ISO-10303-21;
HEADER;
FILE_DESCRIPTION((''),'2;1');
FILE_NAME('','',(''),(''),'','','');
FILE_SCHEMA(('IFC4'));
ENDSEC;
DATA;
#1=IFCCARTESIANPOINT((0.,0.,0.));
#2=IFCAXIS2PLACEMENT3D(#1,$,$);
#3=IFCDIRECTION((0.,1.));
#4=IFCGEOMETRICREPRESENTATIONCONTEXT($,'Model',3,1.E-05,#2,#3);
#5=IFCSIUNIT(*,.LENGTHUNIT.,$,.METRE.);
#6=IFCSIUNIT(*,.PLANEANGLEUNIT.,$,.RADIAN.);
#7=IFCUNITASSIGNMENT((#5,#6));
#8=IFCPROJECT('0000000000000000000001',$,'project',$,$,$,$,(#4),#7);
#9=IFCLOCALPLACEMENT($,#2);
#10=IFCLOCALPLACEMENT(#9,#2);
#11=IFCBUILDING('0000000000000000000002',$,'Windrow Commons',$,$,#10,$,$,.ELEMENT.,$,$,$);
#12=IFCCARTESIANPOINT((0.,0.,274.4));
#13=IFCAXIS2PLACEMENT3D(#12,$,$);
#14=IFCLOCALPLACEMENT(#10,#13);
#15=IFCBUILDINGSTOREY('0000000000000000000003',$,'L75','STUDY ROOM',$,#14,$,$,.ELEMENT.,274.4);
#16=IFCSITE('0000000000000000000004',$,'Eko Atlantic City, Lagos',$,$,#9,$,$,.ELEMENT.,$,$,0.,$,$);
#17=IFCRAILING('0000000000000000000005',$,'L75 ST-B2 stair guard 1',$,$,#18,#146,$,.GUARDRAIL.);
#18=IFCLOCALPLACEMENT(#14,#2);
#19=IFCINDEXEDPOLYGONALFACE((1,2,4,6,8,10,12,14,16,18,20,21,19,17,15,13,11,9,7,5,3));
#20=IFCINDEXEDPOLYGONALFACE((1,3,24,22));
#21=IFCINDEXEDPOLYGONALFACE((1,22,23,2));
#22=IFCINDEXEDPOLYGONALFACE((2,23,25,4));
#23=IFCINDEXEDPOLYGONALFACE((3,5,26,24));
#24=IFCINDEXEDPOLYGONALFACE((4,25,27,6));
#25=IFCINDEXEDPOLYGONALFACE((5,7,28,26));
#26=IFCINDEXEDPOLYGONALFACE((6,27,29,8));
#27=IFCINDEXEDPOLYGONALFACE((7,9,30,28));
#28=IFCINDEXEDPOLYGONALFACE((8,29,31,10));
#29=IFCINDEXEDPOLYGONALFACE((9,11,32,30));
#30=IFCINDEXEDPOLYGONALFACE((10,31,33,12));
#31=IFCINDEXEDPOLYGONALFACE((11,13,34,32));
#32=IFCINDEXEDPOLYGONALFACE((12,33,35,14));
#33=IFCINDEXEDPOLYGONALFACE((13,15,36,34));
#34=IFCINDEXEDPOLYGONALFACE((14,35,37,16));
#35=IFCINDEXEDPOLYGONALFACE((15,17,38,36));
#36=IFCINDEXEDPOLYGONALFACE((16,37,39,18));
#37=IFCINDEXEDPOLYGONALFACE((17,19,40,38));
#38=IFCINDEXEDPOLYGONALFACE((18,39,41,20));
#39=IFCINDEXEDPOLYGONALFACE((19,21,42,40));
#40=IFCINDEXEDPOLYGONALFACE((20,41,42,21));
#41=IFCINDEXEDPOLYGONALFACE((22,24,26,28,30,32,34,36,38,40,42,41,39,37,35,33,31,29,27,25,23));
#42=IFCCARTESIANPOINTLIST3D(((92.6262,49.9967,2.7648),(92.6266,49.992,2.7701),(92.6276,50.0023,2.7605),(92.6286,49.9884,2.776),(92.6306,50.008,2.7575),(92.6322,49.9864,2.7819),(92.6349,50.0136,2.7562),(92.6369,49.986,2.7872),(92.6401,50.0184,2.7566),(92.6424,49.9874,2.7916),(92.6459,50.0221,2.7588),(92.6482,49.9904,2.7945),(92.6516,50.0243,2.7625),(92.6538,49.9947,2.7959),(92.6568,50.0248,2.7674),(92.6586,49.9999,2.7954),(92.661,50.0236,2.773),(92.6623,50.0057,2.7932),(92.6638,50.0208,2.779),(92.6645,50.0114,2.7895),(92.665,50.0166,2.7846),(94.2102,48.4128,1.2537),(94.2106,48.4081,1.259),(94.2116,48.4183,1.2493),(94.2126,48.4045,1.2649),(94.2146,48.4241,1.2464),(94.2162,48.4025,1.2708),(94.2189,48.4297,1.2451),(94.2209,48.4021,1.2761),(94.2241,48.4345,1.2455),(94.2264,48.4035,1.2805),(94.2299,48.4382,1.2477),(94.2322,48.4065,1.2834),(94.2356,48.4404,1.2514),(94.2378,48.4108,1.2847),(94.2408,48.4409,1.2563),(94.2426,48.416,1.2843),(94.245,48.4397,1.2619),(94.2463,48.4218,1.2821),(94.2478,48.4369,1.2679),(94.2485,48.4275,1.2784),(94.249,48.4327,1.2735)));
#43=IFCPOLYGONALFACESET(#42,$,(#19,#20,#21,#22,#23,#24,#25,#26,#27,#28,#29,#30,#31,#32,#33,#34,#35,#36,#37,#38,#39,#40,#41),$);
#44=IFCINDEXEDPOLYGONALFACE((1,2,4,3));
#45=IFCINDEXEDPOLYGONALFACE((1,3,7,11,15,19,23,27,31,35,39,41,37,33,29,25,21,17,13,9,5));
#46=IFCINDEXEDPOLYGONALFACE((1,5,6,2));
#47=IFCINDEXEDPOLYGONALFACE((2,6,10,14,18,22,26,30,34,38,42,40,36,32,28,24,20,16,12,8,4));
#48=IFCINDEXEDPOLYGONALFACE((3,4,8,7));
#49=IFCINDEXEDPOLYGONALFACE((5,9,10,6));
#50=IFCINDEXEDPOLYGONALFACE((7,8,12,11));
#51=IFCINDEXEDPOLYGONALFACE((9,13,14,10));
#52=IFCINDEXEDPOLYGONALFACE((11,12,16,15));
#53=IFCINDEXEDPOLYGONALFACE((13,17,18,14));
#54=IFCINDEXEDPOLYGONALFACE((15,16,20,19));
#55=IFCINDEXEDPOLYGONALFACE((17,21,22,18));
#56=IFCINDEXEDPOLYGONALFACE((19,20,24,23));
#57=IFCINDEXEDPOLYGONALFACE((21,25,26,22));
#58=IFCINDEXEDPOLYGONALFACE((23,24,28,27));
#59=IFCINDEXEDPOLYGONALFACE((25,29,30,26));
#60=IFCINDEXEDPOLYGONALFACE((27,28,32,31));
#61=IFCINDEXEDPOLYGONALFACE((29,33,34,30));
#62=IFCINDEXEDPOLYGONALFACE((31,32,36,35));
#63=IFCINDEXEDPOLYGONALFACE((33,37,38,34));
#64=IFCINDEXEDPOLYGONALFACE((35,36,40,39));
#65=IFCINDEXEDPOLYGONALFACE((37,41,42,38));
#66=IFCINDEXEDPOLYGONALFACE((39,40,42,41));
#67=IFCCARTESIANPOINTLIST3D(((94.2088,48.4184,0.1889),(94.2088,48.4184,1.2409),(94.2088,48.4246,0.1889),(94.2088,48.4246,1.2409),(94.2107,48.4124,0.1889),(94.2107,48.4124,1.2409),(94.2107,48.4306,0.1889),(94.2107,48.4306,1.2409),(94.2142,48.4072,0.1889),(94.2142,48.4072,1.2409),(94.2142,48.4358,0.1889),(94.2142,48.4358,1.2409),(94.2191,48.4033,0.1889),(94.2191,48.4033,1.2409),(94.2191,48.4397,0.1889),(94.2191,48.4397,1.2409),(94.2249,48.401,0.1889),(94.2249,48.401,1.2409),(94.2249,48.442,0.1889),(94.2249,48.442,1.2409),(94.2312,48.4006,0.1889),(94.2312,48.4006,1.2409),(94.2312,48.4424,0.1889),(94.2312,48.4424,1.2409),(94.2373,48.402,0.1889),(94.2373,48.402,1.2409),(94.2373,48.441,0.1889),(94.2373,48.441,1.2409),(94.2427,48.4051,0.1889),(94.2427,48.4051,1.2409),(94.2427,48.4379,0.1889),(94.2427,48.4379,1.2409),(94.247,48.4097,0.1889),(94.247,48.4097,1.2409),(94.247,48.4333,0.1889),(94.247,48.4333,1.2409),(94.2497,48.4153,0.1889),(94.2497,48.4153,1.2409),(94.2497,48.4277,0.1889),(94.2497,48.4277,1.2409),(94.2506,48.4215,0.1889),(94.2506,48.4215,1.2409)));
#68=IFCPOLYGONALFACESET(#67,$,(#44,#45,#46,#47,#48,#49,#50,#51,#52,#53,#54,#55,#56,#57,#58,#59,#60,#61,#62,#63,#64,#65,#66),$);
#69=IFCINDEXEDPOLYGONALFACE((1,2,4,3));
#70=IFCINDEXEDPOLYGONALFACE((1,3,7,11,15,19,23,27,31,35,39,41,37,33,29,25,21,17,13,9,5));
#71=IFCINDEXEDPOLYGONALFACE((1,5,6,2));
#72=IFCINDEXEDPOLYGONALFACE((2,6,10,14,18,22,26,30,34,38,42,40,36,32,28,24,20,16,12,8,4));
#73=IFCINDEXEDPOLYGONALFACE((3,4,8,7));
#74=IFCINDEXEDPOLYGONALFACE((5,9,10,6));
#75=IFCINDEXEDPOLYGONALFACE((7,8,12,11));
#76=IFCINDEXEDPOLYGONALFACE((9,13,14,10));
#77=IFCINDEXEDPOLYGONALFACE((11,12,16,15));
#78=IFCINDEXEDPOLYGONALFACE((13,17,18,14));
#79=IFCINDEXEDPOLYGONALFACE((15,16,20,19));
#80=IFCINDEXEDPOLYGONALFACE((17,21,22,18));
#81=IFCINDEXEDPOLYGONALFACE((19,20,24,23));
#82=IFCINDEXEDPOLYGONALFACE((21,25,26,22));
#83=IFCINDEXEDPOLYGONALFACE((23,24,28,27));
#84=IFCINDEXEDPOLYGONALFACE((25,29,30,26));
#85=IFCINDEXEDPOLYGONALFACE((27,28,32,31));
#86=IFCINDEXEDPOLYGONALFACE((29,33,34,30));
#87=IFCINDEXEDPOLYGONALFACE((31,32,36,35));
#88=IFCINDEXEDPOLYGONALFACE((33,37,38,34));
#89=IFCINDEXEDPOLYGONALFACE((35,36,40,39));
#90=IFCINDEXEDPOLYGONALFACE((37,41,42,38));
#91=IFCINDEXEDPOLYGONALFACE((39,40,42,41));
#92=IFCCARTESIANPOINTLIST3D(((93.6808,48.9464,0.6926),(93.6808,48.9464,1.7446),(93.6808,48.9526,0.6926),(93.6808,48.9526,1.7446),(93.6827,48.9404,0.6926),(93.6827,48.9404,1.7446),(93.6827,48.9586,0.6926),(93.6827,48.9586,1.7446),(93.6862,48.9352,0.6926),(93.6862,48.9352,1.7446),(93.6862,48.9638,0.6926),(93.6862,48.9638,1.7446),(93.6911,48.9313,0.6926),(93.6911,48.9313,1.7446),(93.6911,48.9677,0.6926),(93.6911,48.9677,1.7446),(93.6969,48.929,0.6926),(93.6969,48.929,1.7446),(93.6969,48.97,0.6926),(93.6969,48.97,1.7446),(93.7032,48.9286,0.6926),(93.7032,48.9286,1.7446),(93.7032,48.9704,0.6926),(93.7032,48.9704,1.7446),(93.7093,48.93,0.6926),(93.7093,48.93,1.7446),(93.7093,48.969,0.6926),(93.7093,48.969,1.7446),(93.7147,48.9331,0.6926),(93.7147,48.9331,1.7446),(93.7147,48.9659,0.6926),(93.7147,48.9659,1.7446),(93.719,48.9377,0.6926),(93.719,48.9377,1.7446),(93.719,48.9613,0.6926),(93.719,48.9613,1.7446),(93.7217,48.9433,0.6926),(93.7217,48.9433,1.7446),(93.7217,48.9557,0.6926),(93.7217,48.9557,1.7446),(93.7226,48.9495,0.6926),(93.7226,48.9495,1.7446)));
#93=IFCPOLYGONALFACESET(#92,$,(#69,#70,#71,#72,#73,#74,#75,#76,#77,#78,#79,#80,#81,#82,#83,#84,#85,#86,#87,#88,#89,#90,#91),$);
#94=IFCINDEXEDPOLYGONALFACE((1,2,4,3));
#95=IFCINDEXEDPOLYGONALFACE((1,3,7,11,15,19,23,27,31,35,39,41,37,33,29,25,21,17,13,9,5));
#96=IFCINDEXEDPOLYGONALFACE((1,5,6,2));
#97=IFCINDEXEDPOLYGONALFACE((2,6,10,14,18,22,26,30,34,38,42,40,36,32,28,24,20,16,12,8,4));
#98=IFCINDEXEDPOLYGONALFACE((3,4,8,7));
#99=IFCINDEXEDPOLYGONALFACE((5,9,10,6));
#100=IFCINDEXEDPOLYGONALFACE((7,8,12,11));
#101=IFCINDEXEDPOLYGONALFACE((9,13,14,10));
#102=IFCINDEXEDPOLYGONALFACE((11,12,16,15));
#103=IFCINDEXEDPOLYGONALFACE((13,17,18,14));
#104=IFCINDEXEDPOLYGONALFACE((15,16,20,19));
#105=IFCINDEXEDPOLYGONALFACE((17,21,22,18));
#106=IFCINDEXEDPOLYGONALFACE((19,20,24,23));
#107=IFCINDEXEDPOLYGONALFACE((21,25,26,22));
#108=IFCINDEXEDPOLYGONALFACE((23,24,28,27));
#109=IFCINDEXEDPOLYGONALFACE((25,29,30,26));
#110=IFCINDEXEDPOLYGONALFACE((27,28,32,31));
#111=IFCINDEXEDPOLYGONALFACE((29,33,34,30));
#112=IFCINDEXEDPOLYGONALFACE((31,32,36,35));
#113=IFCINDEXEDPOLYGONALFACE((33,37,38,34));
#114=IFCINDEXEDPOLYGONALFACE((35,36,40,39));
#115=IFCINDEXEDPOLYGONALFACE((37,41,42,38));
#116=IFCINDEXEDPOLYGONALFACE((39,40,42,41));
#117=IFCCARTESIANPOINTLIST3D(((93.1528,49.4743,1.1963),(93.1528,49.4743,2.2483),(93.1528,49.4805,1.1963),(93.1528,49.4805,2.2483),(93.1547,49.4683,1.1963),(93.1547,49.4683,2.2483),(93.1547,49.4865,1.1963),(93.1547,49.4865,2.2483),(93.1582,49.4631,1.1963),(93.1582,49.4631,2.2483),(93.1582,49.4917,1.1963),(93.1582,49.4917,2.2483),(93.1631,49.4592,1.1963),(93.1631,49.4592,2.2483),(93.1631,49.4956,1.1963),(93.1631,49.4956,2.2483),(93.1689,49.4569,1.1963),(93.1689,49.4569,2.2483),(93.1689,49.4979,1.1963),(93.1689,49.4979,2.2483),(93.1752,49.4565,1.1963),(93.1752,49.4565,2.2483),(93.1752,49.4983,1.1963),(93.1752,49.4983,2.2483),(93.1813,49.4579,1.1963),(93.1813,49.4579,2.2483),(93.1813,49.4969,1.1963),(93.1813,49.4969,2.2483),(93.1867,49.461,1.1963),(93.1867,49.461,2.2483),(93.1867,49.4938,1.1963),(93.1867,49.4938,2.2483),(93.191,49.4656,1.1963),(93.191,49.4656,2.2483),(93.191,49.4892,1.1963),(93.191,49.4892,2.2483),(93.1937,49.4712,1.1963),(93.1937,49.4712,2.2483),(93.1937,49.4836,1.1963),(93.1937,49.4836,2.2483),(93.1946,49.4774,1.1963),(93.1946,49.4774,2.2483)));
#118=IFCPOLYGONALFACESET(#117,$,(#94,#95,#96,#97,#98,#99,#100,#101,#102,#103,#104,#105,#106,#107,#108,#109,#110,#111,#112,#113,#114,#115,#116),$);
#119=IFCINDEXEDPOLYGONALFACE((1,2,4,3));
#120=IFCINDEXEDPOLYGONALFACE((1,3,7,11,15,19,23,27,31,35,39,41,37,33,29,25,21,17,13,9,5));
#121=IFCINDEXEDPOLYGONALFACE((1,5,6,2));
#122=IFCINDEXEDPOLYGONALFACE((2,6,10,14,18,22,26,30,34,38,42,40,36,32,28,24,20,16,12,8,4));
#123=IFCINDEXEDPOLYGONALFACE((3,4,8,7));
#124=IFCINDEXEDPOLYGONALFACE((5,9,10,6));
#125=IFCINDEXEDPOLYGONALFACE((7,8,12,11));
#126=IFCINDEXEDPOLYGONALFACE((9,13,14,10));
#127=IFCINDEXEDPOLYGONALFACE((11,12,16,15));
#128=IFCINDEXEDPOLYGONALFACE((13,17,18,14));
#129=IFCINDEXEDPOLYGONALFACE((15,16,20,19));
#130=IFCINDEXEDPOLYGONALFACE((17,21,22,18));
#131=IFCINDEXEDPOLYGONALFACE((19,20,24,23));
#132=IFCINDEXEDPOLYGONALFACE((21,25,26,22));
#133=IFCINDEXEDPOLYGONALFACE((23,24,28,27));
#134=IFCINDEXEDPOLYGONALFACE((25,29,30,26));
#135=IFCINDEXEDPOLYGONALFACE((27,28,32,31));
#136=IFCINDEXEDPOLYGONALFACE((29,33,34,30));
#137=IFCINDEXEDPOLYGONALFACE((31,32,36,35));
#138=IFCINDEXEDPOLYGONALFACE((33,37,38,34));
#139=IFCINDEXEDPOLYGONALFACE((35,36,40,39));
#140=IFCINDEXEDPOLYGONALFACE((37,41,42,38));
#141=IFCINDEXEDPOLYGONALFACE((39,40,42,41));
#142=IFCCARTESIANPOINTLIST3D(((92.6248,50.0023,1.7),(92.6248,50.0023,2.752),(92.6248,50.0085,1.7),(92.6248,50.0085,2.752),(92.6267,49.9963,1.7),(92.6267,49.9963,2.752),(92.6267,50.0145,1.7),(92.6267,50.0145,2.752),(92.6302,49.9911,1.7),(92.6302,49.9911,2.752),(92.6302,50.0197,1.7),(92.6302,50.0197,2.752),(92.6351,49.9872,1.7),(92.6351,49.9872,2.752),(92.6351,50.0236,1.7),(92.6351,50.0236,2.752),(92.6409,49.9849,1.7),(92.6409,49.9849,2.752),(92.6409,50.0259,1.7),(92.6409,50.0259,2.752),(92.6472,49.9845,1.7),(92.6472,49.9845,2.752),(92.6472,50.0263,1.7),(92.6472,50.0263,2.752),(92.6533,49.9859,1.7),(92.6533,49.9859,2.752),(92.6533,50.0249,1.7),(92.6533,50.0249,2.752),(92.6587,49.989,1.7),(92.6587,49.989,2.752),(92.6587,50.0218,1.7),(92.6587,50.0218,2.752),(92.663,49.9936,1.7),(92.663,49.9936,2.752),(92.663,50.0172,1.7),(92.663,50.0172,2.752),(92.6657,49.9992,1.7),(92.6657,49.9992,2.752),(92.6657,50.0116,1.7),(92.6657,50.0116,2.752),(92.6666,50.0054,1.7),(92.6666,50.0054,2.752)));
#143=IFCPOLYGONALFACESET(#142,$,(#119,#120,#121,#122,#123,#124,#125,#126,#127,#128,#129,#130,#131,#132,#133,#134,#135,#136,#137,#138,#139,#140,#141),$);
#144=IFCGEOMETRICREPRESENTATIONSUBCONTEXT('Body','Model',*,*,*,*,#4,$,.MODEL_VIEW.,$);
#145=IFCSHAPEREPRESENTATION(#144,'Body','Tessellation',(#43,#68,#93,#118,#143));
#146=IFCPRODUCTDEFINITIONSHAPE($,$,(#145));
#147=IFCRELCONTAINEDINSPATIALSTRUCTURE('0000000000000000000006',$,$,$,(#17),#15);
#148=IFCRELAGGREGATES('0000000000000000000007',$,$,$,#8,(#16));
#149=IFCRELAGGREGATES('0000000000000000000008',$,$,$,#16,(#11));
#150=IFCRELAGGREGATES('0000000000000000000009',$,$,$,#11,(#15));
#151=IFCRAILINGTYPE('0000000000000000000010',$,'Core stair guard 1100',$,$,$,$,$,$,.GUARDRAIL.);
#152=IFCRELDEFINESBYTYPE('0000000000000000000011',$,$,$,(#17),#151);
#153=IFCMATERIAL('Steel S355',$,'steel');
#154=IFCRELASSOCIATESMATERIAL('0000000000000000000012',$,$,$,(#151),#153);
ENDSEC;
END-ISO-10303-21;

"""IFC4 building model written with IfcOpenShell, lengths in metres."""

from ifc_helpers import new_model, si_unit, direction, frame, origin, origin_2d, place, context, subcontext, project, spatial, circle, extrude, material, type_object, element, save


model = new_model("IFC4")

# Units and contexts
model_context = context("Model", 3, precision=1e-05, world=origin(), true_north=direction((0.0, 1.0)))
body_context = subcontext(model_context, "Body", "Model", "MODEL_VIEW")
ifc_project = project(units=[si_unit("LENGTHUNIT", "METRE"), si_unit("PLANEANGLEUNIT", "RADIAN")], contexts=[model_context])

# Site, building, storey
site_placement = place(None, origin())
site = spatial("IfcSite", under=ifc_project, at=site_placement, Name="Eko Atlantic City, Lagos", CompositionType="ELEMENT", RefElevation=0.0)
building_placement = place(site_placement, origin())
building = spatial("IfcBuilding", under=site, at=building_placement, Name="Windrow Commons", CompositionType="ELEMENT")
storey_placement = place(building_placement, frame((0.0, 0.0, 274.4)))
storey = spatial("IfcBuildingStorey", under=building, at=storey_placement, Name="L75", Description="STUDY ROOM", CompositionType="ELEMENT", Elevation=274.4)

# Railing
ifc_material_1 = material(Name="Steel S355", Category="steel")
railing_type_1 = type_object("IfcRailingType", Name="Core stair guard 1100", PredefinedType="GUARDRAIL", material=ifc_material_1)
railing_1_placement = place(storey_placement, frame((94.2296, 48.4215, 0.1889)))
element("IfcRailing", 1, at=railing_1_placement, inside=storey, type_object=railing_type_1, Name="L75 ST-B2 stair guard 1", PredefinedType="GUARDRAIL", context=body_context, shape_type="SweptSolid", body=[
    extrude(circle(Radius=0.024, at=origin_2d()), frame((0.0, 0.0, 1.076), z_axis=(-0.586216, 0.586179, 0.559237), x_axis=(-0.707084, -0.707129, 0.0)), (0.0, 0.0, 1.0), 2.7021),
    extrude(circle(Radius=0.021, at=origin_2d()), origin(), (0.0, 0.0, 1.0), 1.052),
    extrude(circle(Radius=0.021, at=origin_2d()), frame((-0.528, 0.528, 0.5037)), (0.0, 0.0, 1.0), 1.052),
    extrude(circle(Radius=0.021, at=origin_2d()), frame((-1.056, 1.0559, 1.0074)), (0.0, 0.0, 1.0), 1.052),
    extrude(circle(Radius=0.021, at=origin_2d()), frame((-1.584, 1.5839, 1.5111)), (0.0, 0.0, 1.0), 1.052),
])

save(model, "model.ifc")
